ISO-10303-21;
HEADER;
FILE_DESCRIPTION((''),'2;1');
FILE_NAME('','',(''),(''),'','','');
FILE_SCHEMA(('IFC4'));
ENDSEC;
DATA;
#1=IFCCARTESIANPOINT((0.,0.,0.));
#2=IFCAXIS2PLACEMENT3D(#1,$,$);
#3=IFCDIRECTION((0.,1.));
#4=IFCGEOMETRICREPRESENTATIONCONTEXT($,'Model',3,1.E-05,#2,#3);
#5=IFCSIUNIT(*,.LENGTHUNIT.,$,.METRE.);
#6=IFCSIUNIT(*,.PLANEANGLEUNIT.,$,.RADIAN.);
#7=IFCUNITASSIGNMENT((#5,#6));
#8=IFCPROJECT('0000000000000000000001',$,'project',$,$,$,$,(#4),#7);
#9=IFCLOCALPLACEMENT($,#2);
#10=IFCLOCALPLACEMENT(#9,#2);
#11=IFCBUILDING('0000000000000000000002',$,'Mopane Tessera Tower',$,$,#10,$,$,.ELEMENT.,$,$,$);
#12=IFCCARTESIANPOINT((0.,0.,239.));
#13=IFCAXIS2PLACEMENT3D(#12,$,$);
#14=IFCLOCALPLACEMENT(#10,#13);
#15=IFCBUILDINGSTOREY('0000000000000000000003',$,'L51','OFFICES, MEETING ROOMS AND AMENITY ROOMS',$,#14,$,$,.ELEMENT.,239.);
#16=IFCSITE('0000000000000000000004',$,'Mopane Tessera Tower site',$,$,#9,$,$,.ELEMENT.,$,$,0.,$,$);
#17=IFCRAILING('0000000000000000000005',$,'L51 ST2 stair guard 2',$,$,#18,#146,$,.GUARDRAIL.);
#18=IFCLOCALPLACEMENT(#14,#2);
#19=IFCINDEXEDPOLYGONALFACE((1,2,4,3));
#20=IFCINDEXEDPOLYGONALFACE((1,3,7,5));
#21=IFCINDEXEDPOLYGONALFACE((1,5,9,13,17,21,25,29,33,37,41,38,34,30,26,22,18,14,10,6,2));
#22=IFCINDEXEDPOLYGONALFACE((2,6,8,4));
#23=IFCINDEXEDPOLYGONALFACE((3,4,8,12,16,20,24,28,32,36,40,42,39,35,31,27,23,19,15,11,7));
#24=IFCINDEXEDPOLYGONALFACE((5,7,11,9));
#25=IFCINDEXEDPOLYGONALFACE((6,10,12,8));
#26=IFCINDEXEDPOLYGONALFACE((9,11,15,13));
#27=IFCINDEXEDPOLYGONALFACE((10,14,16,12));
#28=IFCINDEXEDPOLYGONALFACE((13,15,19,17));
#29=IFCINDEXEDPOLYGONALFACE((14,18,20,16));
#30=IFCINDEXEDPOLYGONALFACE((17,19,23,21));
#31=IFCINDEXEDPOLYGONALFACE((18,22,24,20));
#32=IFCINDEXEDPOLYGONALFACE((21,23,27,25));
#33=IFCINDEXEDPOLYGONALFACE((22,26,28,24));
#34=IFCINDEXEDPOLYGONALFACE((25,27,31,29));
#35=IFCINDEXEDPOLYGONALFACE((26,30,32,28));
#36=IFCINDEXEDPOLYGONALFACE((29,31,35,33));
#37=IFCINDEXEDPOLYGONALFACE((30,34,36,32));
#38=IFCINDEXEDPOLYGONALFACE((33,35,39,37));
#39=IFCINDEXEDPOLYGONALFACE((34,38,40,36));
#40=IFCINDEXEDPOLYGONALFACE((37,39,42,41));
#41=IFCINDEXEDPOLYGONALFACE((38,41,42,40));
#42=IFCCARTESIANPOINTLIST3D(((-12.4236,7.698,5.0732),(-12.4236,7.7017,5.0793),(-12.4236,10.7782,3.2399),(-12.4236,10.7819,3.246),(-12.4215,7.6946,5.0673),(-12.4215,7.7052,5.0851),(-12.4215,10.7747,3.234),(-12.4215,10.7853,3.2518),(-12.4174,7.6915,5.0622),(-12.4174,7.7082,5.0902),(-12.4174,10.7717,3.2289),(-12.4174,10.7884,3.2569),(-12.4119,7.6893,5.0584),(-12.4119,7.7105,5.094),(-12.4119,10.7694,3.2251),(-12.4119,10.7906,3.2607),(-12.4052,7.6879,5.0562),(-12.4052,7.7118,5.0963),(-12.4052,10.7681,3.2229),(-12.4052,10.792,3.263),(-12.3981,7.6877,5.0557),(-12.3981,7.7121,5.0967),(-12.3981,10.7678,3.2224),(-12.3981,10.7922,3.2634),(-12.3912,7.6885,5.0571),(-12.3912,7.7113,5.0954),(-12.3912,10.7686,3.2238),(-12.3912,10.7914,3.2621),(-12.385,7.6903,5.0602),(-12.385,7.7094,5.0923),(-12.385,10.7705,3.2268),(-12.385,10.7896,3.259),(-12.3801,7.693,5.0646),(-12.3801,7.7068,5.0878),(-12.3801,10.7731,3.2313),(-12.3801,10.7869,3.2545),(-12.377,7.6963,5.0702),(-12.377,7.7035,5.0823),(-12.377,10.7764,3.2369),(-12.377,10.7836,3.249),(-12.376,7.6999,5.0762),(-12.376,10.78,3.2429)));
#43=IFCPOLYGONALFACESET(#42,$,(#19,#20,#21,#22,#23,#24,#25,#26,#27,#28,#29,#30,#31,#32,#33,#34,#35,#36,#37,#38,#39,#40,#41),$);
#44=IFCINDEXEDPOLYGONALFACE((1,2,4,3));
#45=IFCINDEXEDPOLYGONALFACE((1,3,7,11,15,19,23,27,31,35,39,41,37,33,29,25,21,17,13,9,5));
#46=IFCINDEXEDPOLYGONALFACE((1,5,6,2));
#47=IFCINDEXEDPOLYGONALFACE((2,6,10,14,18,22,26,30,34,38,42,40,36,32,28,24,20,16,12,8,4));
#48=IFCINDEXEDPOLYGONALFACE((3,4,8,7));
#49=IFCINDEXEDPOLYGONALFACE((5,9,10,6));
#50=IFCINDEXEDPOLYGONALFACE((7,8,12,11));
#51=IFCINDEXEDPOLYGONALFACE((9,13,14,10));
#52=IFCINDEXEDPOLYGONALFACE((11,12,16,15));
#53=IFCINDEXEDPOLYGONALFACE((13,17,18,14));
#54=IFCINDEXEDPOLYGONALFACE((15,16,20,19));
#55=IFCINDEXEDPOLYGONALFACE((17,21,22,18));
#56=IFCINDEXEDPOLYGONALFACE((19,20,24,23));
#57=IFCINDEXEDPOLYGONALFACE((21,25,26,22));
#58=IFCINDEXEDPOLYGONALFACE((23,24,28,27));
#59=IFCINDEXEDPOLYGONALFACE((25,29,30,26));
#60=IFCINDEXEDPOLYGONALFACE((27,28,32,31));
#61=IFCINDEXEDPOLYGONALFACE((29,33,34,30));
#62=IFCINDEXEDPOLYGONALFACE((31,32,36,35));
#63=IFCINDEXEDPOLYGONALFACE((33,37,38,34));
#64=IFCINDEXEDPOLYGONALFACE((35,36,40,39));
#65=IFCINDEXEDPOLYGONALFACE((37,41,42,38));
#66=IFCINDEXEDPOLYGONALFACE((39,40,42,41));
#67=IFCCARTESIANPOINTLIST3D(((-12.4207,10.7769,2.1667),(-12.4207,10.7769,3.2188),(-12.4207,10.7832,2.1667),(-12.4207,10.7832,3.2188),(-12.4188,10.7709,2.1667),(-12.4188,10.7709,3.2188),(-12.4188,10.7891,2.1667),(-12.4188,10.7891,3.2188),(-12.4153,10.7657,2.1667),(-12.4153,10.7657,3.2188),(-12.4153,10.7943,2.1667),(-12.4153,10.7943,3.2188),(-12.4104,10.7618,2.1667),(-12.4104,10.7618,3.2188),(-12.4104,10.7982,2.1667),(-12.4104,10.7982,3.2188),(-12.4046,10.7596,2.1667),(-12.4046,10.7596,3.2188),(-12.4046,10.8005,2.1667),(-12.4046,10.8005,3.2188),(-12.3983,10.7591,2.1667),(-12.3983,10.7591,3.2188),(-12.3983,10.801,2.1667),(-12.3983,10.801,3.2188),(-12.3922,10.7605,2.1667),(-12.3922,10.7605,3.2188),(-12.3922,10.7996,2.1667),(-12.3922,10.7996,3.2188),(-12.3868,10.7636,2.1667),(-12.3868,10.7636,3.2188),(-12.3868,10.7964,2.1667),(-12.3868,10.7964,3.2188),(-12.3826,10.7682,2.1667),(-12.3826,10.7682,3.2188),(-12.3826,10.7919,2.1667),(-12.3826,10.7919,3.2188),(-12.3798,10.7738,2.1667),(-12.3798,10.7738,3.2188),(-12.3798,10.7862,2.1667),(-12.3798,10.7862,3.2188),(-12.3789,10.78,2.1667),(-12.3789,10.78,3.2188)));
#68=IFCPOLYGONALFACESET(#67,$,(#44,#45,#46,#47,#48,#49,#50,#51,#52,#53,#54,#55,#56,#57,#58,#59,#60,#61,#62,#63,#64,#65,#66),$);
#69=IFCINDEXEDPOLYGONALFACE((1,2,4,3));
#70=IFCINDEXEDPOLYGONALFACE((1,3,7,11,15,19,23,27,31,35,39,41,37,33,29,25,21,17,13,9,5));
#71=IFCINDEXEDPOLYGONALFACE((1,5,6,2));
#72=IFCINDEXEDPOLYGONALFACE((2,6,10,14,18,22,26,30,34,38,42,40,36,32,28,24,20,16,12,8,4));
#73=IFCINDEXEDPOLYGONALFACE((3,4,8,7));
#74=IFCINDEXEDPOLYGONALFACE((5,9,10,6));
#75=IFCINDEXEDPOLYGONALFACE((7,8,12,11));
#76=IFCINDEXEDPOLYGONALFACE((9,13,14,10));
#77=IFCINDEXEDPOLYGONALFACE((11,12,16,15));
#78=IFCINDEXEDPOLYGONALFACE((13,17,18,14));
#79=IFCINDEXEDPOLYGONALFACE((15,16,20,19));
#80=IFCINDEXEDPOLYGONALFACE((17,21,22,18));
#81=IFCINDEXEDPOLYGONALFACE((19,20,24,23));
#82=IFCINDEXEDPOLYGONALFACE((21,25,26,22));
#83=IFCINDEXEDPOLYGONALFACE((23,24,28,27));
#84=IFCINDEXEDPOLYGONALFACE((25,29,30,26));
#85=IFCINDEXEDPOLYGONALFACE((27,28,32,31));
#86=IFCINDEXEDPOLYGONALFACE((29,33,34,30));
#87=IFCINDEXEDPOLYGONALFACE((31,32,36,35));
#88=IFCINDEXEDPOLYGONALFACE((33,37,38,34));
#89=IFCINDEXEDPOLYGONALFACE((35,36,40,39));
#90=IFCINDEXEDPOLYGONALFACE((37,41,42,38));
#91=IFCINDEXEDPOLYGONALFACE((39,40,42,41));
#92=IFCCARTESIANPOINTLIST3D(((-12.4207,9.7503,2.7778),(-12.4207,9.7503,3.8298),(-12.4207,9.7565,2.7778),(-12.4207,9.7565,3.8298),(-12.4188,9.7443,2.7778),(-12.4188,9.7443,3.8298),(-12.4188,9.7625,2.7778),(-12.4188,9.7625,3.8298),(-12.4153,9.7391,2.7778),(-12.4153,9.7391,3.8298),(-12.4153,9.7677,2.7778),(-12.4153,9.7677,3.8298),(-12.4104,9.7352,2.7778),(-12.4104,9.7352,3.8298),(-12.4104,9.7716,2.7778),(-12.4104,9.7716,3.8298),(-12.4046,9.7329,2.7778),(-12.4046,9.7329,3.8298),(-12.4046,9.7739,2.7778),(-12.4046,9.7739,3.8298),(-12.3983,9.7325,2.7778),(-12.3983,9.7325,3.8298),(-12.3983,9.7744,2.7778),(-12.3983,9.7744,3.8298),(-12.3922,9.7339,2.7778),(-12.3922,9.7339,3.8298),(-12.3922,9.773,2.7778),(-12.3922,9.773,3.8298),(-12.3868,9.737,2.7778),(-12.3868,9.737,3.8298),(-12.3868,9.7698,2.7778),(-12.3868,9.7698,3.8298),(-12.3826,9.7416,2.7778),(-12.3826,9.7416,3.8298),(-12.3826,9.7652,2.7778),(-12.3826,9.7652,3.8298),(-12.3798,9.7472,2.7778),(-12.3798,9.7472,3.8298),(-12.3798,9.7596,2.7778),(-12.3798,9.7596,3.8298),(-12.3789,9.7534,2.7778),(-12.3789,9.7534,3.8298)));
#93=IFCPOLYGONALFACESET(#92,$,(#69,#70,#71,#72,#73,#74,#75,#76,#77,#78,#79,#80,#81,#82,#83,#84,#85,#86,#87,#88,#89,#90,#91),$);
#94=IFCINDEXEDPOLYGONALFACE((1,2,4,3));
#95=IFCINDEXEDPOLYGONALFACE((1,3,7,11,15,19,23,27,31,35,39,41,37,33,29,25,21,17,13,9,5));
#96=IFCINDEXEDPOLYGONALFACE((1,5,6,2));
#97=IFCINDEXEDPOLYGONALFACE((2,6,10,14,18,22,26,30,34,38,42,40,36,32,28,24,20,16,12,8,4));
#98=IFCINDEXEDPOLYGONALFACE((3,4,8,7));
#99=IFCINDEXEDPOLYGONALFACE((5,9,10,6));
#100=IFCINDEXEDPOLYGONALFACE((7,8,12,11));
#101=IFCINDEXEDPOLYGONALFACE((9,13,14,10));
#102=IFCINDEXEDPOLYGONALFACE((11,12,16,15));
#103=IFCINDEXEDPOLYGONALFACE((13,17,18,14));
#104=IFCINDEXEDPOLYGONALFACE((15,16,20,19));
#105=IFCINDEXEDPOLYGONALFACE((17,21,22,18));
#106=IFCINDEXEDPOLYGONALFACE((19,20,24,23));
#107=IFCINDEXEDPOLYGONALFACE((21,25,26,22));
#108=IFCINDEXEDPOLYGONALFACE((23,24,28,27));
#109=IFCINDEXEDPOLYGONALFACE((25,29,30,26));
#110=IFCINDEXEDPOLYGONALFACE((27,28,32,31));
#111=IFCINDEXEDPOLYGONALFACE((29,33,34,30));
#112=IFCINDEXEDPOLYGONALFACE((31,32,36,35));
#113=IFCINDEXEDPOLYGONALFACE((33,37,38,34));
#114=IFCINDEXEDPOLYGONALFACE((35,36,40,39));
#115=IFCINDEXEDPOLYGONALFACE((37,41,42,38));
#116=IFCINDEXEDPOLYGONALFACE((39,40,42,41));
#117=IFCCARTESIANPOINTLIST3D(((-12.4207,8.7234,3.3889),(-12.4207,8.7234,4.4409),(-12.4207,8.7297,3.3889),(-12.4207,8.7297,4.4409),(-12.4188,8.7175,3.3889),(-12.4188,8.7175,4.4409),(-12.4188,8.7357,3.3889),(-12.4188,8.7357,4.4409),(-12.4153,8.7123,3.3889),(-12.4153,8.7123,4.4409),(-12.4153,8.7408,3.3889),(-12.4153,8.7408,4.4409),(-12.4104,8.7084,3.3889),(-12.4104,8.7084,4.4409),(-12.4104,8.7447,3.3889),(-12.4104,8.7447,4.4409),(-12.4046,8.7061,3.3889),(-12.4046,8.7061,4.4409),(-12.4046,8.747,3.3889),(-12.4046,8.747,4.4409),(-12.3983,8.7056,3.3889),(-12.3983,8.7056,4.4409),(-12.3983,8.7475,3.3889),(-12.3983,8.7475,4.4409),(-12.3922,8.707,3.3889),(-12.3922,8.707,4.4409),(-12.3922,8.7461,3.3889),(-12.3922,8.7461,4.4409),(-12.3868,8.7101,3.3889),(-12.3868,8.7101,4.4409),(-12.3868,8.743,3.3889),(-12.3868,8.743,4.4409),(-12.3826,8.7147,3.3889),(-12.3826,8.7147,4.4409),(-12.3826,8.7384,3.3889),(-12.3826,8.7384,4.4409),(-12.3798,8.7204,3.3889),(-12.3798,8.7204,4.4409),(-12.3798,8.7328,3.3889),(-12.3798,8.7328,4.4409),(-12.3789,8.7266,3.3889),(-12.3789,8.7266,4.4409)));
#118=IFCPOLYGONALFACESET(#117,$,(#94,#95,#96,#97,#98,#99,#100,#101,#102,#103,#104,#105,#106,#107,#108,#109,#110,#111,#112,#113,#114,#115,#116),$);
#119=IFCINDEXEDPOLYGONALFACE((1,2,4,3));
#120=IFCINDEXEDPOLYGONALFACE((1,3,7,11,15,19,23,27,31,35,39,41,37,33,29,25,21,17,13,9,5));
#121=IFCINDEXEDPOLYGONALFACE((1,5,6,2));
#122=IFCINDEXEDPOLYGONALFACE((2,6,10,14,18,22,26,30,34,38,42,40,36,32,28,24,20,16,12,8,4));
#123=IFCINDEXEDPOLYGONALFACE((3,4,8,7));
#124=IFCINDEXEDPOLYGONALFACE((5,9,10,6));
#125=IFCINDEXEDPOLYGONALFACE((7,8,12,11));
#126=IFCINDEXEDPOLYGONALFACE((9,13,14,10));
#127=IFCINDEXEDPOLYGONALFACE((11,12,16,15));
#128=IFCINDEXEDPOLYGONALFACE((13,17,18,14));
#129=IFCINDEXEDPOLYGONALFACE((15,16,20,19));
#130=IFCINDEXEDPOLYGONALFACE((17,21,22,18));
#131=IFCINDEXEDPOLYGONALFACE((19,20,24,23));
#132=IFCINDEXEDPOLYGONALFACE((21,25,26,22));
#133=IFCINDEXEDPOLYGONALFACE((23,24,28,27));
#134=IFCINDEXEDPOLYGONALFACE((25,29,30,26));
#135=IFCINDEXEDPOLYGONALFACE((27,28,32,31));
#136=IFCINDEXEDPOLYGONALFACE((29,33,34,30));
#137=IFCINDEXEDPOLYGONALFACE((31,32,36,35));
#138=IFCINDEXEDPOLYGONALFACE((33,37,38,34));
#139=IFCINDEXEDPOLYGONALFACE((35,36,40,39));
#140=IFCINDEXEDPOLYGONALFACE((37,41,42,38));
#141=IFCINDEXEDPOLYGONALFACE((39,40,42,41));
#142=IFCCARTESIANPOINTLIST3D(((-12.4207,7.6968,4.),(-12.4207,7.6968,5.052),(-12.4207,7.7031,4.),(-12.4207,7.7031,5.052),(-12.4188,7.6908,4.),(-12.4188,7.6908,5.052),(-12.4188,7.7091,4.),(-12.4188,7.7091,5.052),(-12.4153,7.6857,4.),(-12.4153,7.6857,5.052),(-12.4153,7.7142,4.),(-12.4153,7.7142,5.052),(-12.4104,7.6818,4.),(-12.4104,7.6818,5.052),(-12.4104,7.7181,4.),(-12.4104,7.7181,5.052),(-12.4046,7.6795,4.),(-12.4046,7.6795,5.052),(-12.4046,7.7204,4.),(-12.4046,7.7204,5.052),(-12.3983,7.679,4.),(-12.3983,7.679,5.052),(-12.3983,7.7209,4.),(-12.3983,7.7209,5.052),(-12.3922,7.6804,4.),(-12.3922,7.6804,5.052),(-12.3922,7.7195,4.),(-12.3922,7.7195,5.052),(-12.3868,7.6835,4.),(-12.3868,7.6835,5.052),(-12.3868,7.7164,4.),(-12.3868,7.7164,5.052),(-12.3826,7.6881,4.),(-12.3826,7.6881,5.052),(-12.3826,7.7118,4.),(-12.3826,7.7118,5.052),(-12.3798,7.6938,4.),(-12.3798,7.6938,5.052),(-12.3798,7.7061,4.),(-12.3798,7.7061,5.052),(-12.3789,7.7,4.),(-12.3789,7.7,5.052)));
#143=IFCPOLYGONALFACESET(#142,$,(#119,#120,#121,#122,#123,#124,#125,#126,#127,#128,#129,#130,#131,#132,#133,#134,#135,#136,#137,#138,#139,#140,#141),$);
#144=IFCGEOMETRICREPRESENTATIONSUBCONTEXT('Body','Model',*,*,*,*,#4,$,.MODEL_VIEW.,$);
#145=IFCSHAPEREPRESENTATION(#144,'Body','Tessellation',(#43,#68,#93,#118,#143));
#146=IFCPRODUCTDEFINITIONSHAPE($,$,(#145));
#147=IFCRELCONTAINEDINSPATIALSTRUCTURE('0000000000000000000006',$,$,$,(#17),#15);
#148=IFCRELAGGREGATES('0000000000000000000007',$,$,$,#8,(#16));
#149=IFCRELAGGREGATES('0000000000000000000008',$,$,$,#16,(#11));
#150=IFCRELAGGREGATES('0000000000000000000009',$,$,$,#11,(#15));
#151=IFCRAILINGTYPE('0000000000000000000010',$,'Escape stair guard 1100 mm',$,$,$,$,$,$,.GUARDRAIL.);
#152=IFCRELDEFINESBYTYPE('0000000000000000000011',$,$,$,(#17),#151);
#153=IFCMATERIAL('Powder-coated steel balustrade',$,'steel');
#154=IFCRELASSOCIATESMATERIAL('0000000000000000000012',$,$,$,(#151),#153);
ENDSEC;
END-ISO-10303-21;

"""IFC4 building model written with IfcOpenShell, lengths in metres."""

from ifc_helpers import new_model, si_unit, direction, frame, origin, origin_2d, place, context, subcontext, project, spatial, circle, extrude, material, type_object, element, save


model = new_model("IFC4")

# Units and contexts
model_context = context("Model", 3, precision=1e-05, world=origin(), true_north=direction((0.0, 1.0)))
body_context = subcontext(model_context, "Body", "Model", "MODEL_VIEW")
ifc_project = project(units=[si_unit("LENGTHUNIT", "METRE"), si_unit("PLANEANGLEUNIT", "RADIAN")], contexts=[model_context])

# Site, building, storey
site_placement = place(None, origin())
site = spatial("IfcSite", under=ifc_project, at=site_placement, Name="Mopane Tessera Tower site", CompositionType="ELEMENT", RefElevation=0.0)
building_placement = place(site_placement, origin())
building = spatial("IfcBuilding", under=site, at=building_placement, Name="Mopane Tessera Tower", CompositionType="ELEMENT")
storey_placement = place(building_placement, frame((0.0, 0.0, 239.0)))
storey = spatial("IfcBuildingStorey", under=building, at=storey_placement, Name="L51", Description="OFFICES, MEETING ROOMS AND AMENITY ROOMS", CompositionType="ELEMENT", Elevation=239.0)

# Railing
ifc_material_1 = material(Name="Powder-coated steel balustrade", Category="steel")
railing_type = type_object("IfcRailingType", Name="Escape stair guard 1100 mm", PredefinedType="GUARDRAIL", material=ifc_material_1)
railing_placement = place(storey_placement, frame((-12.3999, 10.78, 2.1667)))
element("IfcRailing", 1, at=railing_placement, inside=storey, type_object=railing_type, Name="L51 ST2 stair guard 2", PredefinedType="GUARDRAIL", context=body_context, shape_type="SweptSolid", body=[
    extrude(circle(Radius=0.0239, at=origin_2d()), frame((0.0, 0.0, 1.0762), z_axis=(0.0, -0.859309, 0.511458), x_axis=(1.0, 0.0, 0.0)), (0.0, 0.0, 1.0), 3.5845),
    extrude(circle(Radius=0.021, at=origin_2d()), origin(), (0.0, 0.0, 1.0), 1.052),
    extrude(circle(Radius=0.021, at=origin_2d()), frame((0.0, -1.0266, 0.6111)), (0.0, 0.0, 1.0), 1.052),
    extrude(circle(Radius=0.021, at=origin_2d()), frame((0.0, -2.0535, 1.2222)), (0.0, 0.0, 1.0), 1.052),
    extrude(circle(Radius=0.021, at=origin_2d()), frame((0.0, -3.0801, 1.8333)), (0.0, 0.0, 1.0), 1.052),
])

save(model, "model.ifc")
